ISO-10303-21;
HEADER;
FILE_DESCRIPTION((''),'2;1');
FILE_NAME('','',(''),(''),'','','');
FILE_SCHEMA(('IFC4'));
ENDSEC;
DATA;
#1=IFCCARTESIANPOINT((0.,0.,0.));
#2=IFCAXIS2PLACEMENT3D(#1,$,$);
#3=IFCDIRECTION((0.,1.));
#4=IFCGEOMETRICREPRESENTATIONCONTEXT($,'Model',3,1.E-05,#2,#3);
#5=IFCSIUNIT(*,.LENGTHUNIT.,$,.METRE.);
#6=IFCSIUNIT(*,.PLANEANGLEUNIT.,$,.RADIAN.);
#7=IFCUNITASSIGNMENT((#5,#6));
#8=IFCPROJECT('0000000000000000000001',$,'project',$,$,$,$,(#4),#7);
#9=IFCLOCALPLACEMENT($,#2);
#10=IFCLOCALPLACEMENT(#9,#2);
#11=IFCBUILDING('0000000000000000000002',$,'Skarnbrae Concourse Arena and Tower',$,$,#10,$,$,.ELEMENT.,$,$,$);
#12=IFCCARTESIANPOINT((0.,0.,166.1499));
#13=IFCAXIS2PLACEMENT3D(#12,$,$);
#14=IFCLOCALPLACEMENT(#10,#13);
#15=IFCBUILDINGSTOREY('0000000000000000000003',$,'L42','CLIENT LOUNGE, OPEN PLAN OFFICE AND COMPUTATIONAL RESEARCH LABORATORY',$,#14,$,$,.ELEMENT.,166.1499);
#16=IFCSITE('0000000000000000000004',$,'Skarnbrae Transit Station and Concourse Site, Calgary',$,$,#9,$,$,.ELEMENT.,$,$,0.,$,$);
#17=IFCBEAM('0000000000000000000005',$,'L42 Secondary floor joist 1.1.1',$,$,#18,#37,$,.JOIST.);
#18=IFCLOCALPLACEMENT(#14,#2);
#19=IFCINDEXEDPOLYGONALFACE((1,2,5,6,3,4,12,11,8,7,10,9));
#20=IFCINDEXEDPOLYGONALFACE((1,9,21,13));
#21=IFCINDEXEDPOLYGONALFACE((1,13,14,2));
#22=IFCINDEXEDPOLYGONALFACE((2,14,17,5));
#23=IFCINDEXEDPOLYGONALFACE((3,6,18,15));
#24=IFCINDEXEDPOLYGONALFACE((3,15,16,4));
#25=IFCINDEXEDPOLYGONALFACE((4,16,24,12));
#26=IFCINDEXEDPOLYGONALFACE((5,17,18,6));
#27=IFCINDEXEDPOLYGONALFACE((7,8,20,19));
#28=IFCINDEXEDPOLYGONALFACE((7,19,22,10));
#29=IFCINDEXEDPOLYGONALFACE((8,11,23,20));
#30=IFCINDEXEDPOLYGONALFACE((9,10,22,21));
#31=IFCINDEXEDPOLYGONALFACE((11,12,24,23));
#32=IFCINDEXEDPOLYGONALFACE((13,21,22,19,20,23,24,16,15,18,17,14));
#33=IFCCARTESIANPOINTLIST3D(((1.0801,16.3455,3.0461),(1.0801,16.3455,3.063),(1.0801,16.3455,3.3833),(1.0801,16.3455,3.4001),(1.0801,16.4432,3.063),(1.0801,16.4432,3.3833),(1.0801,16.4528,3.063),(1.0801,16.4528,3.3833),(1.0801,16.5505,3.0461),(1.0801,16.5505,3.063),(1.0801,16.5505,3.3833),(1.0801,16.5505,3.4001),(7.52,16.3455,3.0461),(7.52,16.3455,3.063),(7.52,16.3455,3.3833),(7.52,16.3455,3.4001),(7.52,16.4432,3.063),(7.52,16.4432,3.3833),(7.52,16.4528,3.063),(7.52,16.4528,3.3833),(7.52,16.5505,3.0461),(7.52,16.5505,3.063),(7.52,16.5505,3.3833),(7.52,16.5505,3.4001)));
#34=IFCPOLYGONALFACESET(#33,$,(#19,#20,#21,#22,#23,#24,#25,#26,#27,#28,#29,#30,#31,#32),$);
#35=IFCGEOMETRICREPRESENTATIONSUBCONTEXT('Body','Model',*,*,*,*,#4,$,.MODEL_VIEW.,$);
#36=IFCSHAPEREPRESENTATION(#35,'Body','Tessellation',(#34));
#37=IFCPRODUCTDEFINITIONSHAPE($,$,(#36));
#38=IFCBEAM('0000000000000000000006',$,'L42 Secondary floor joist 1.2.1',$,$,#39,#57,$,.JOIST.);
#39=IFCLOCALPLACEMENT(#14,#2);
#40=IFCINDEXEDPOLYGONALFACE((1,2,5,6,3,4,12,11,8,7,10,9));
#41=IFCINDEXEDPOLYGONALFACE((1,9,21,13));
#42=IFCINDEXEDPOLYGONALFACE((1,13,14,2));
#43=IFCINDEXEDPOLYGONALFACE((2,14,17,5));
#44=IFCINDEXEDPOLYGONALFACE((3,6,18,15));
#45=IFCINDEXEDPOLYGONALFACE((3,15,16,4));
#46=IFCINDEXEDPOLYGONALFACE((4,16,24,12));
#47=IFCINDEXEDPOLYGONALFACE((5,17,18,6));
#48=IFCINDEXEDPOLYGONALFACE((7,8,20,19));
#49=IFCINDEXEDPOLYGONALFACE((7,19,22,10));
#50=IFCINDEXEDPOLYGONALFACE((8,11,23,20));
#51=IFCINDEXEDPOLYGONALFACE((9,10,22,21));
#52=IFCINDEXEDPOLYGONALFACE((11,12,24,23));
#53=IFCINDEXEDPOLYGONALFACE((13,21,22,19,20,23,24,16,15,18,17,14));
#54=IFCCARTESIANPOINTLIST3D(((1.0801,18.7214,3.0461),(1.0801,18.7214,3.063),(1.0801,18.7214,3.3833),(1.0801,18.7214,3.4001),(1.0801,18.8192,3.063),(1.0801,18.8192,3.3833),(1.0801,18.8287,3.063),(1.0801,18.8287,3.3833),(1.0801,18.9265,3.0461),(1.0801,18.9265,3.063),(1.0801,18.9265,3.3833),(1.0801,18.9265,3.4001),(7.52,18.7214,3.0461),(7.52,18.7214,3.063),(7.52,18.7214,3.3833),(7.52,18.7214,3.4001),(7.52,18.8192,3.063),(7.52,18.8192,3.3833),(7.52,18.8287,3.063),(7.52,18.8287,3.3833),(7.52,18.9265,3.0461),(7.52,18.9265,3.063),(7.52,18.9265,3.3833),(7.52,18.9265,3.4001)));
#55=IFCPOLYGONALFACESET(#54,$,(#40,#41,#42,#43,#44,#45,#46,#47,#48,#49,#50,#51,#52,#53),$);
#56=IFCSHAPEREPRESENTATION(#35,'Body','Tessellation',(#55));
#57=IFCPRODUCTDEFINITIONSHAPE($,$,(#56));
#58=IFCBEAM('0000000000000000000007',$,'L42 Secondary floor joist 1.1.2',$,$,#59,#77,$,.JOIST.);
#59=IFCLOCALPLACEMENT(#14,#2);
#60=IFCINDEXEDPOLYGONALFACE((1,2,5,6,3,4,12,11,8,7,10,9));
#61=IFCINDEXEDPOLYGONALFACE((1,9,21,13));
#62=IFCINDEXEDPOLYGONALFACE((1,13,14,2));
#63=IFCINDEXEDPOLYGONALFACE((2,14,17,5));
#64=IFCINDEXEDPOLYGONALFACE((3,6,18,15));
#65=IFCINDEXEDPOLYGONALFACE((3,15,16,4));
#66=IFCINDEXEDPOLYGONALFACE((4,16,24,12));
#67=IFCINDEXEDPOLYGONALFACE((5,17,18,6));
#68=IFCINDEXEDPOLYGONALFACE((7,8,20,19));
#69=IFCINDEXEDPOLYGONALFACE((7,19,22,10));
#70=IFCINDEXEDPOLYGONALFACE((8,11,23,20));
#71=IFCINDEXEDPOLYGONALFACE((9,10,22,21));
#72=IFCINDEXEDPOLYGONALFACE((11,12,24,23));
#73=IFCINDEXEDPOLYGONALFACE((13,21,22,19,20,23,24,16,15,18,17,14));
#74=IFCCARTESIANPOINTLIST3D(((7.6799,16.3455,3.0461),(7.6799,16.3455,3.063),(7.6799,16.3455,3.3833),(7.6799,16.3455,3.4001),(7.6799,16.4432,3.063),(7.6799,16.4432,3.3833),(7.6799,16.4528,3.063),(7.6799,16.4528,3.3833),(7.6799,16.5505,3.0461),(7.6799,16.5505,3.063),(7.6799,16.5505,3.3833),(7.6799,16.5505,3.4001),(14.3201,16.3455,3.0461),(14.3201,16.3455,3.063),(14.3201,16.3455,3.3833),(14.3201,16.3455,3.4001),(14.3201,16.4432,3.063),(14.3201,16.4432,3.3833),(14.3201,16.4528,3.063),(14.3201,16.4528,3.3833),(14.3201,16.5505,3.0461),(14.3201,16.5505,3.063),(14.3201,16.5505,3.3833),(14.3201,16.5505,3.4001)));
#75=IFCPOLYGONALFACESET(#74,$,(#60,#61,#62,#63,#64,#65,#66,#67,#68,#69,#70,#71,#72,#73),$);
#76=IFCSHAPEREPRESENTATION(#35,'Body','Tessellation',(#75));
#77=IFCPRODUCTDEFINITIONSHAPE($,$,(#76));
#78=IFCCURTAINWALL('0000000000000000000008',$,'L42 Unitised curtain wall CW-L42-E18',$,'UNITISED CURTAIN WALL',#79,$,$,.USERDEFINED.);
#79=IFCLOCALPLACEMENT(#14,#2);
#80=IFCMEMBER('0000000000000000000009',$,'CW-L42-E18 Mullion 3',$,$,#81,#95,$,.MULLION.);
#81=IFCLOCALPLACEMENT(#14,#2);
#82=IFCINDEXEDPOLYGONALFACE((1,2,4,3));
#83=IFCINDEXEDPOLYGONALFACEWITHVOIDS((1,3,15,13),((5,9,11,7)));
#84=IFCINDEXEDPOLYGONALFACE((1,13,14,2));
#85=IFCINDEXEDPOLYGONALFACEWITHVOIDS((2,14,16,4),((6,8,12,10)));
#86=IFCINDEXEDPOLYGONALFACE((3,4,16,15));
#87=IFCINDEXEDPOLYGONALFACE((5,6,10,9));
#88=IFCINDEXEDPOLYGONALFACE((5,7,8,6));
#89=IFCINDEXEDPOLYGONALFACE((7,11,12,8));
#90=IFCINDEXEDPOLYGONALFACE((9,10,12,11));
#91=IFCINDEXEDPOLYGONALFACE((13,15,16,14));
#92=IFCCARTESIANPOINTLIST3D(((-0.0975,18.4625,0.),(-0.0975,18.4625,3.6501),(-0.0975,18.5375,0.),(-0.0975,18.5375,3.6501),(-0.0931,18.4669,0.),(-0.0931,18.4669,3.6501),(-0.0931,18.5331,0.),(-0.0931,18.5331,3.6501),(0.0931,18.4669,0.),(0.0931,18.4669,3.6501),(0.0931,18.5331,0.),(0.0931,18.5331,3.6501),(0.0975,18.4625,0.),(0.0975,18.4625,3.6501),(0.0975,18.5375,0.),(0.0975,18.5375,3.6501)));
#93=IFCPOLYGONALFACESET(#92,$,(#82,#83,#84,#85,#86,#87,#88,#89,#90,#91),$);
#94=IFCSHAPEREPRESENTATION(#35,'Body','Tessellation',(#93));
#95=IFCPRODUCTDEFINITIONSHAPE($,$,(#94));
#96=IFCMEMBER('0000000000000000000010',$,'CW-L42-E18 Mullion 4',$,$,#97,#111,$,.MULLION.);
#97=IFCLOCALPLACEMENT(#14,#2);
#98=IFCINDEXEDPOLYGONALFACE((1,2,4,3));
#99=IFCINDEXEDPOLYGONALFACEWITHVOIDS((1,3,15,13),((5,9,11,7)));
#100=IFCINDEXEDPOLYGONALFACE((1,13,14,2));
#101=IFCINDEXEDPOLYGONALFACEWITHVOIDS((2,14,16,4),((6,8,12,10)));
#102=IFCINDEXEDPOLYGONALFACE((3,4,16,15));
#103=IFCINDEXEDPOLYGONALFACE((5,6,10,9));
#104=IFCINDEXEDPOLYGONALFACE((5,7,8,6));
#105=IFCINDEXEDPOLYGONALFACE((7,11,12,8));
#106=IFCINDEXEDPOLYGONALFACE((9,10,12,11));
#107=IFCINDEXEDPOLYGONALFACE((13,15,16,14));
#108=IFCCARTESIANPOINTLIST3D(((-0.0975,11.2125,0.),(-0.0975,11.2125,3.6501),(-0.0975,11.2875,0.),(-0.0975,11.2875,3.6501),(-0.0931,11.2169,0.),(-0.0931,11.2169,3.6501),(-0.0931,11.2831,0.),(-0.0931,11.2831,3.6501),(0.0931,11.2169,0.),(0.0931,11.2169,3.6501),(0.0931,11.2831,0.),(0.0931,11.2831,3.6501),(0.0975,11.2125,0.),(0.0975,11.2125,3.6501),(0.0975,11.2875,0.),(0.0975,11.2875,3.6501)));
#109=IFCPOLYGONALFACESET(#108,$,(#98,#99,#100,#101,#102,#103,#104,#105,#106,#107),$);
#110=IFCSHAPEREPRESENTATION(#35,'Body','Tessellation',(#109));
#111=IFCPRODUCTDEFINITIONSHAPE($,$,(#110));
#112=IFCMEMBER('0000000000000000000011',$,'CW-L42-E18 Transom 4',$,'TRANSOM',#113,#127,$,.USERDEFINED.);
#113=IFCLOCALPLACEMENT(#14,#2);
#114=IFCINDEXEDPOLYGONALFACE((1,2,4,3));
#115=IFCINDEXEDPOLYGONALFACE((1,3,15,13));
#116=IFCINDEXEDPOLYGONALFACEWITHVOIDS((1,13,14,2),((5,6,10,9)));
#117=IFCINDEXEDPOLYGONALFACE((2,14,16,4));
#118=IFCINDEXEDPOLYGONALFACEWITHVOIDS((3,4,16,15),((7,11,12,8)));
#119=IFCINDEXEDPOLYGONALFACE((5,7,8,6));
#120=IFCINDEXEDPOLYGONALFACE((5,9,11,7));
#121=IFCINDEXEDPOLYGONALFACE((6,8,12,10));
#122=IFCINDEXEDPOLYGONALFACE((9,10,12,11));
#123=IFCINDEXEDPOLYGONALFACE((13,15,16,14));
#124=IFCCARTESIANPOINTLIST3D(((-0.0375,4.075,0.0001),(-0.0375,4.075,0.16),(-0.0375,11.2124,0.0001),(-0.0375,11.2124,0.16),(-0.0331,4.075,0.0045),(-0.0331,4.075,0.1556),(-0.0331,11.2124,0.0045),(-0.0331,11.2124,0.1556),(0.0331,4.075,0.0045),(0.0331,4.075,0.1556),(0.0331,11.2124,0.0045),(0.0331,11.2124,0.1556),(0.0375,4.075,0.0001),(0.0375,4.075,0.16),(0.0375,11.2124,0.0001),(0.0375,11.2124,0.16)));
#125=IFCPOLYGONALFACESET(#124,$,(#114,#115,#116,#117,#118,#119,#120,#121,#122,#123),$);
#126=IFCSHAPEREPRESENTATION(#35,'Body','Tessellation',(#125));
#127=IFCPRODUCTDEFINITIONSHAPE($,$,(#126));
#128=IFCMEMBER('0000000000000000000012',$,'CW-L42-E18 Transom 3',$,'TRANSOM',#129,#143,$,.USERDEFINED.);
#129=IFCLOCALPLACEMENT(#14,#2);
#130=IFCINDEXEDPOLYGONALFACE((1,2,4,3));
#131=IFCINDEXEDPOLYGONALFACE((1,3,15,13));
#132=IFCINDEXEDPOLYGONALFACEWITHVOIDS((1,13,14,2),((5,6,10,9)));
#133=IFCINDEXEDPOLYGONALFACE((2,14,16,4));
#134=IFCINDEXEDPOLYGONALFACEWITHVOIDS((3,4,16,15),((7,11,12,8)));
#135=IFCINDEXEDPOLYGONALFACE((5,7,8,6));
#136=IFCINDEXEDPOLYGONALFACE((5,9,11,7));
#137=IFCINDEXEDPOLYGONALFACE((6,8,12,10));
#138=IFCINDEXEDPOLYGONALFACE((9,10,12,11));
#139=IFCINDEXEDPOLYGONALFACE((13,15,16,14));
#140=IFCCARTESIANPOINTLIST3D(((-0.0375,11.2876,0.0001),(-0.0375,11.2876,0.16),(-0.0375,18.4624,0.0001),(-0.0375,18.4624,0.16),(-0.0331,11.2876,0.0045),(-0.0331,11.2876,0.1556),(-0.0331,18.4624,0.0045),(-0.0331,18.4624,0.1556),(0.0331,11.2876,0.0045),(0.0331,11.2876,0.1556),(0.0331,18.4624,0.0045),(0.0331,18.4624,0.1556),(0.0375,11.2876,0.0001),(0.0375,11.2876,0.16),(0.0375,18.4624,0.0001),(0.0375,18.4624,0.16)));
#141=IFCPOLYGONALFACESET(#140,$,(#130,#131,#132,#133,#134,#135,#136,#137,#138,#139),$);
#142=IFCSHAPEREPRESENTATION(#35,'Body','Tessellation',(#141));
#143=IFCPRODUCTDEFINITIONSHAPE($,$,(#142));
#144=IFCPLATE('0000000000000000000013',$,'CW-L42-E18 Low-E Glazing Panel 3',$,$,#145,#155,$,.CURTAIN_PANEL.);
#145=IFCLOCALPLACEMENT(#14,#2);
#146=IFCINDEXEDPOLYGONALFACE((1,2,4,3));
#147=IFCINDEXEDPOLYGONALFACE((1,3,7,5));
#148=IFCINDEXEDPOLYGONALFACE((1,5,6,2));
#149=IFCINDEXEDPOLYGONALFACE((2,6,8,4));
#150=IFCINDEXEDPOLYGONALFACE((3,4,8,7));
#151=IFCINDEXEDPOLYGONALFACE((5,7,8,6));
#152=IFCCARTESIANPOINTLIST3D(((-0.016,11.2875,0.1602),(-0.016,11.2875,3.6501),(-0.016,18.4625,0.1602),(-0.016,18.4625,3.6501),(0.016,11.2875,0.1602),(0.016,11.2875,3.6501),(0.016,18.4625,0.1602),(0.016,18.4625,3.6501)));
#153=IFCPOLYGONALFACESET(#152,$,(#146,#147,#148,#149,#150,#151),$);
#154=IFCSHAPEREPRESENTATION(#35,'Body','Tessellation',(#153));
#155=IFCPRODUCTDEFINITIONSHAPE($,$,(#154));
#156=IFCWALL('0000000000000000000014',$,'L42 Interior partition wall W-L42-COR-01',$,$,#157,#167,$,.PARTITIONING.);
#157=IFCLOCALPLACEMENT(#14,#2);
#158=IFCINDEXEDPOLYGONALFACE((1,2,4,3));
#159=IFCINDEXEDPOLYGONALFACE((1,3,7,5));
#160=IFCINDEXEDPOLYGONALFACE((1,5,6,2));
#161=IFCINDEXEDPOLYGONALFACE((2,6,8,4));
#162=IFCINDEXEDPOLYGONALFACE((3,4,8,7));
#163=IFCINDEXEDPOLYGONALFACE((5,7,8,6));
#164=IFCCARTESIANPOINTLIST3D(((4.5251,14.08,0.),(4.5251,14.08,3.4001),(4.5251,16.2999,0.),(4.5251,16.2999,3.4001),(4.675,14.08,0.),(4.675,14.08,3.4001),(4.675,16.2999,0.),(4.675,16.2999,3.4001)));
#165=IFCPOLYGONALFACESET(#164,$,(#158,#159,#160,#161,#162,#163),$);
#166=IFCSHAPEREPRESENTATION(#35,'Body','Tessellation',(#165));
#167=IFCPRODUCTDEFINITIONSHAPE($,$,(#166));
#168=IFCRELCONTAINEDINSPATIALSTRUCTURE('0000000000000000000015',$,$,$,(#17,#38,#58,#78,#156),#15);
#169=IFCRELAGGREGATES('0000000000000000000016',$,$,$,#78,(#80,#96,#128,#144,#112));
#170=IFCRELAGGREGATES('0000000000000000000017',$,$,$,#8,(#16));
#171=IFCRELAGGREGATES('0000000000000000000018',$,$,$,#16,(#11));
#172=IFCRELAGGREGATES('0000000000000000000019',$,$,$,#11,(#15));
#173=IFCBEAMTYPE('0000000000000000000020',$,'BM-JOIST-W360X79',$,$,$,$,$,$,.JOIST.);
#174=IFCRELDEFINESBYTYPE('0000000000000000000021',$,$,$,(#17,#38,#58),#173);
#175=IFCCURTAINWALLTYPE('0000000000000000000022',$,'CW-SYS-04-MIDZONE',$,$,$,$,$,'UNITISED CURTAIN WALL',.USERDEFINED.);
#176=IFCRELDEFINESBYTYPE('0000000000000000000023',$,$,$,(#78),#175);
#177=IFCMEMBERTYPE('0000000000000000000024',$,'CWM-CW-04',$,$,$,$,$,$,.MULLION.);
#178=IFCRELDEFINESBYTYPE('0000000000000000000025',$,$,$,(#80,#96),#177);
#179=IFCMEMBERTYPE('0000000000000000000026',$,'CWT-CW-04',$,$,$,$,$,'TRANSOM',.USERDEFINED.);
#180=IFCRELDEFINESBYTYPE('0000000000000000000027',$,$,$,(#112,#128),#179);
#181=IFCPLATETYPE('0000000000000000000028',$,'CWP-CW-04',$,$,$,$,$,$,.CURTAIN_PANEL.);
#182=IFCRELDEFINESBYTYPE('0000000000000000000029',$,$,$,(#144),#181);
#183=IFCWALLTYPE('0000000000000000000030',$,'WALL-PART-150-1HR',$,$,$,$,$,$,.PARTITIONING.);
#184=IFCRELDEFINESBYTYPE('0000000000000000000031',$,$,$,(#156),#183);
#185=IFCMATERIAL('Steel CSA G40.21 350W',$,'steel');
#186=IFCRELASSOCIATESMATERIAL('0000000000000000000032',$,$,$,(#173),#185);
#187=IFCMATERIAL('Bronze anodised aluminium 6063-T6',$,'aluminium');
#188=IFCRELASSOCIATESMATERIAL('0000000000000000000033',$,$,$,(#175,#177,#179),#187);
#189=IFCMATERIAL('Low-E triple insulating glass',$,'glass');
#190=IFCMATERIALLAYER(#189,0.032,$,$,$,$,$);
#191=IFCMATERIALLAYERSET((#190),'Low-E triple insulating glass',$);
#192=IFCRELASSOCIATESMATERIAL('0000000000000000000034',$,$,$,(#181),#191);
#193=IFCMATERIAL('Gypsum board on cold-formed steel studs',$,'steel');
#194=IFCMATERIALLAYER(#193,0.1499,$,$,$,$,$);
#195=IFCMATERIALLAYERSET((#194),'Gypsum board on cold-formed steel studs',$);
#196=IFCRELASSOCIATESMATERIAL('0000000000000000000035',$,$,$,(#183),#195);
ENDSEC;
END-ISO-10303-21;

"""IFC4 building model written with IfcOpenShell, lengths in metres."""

from ifc_helpers import new_model, si_unit, direction, frame, frame_2d, origin, origin_2d, place, context, subcontext, project, spatial, rectangle, hollow_rectangle, i_section, extrude, source, transform, mapped, material, layer, layer_set, material_profile, profile_set, type_object, element, aggregate, save


model = new_model("IFC4")

# Units and contexts
model_context = context("Model", 3, precision=1e-05, world=origin(), true_north=direction((0.0, 1.0)))
body_context = subcontext(model_context, "Body", "Model", "MODEL_VIEW")
ifc_project = project(units=[si_unit("LENGTHUNIT", "METRE"), si_unit("PLANEANGLEUNIT", "RADIAN")], contexts=[model_context])

# Site, building, storey
site_placement = place(None, origin())
site = spatial("IfcSite", under=ifc_project, at=site_placement, Name="Skarnbrae Transit Station and Concourse Site, Calgary", CompositionType="ELEMENT", RefElevation=0.0)
building_placement = place(site_placement, origin())
building = spatial("IfcBuilding", under=site, at=building_placement, Name="Skarnbrae Concourse Arena and Tower", CompositionType="ELEMENT")
storey_placement = place(building_placement, frame((0.0, 0.0, 166.1499)))
storey = spatial("IfcBuildingStorey", under=building, at=storey_placement, Name="L42", Description="CLIENT LOUNGE, OPEN PLAN OFFICE AND COMPUTATIONAL RESEARCH LABORATORY", CompositionType="ELEMENT", Elevation=166.1499)

# Shared definitions
ifc_material_1 = material(Name="Steel CSA G40.21 350W", Category="steel")

# Beams
ifc_material_profile_1 = material_profile(ifc_material_1, i_section(OverallWidth=0.2051, OverallDepth=0.354, WebThickness=0.0095, FlangeThickness=0.0168, at=origin_2d()), Name="W360X79")
ifc_profile_set_1 = profile_set([ifc_material_profile_1], Name="Steel CSA G40.21 350W")
beam_type_1 = type_object("IfcBeamType", Name="BM-JOIST-W360X79", PredefinedType="JOIST", material=ifc_profile_set_1)
shared_shape_1 = source(origin(), body_context, "Body", "SweptSolid", [
    extrude(i_section(OverallWidth=0.2051, OverallDepth=0.354, WebThickness=0.0095, FlangeThickness=0.0168, at=origin_2d()), origin(), (0.0, 0.0, 1.0), 6.4399),
])
for number, where, z_axis, x_axis, name in (
    (1, (1.0801, 16.448, 3.2231), (1.0, 0.0, 0.0), (0.0, 1.0, 0.0), "L42 Secondary floor joist 1.1.1"),
    (2, (1.0801, 18.824, 3.2231), (1.0, 0.0, 0.0), (0.0, 1.0, 0.0), "L42 Secondary floor joist 1.2.1"),
):
    element("IfcBeam", number, at=place(storey_placement, frame(where, z_axis=z_axis, x_axis=x_axis)), inside=storey, type_object=beam_type_1, Name=name, PredefinedType="JOIST", context=body_context, shape_type="MappedRepresentation", body=[
        mapped(shared_shape_1, transform((0.0, 0.0, 0.0))),
    ])
shared_shape_2 = source(origin(), body_context, "Body", "SweptSolid", [
    extrude(i_section(OverallWidth=0.2051, OverallDepth=0.354, WebThickness=0.0095, FlangeThickness=0.0168, at=origin_2d()), origin(), (0.0, 0.0, 1.0), 6.6401),
])
beam_1_placement = place(storey_placement, frame((7.6799, 16.448, 3.2231), z_axis=(1.0, 0.0, 0.0), x_axis=(0.0, 1.0, 0.0)))
element("IfcBeam", 3, at=beam_1_placement, inside=storey, type_object=beam_type_1, Name="L42 Secondary floor joist 1.1.2", PredefinedType="JOIST", context=body_context, shape_type="MappedRepresentation", body=[
    mapped(shared_shape_2, transform((0.0, 0.0, 0.0))),
])

# Curtain wall, members, plate
ifc_material_2 = material(Name="Bronze anodised aluminium 6063-T6", Category="aluminium")
curtain_wall_type = type_object("IfcCurtainWallType", Name="CW-SYS-04-MIDZONE", ElementType="UNITISED CURTAIN WALL", PredefinedType="USERDEFINED", material=ifc_material_2)
curtain_wall_placement = place(storey_placement, origin())
curtain_wall = element("IfcCurtainWall", 4, at=curtain_wall_placement, inside=storey, type_object=curtain_wall_type, Name="L42 Unitised curtain wall CW-L42-E18", ObjectType="UNITISED CURTAIN WALL", PredefinedType="USERDEFINED")
ifc_material_profile_2 = material_profile(ifc_material_2, hollow_rectangle(XDim=0.075, YDim=0.1951, WallThickness=0.0044, at=origin_2d()), Name="ALU-MULL-75X195")
ifc_profile_set_2 = profile_set([ifc_material_profile_2], Name="Bronze anodised aluminium 6063-T6")
member_type_1 = type_object("IfcMemberType", Name="CWM-CW-04", PredefinedType="MULLION", material=ifc_profile_set_2)
shared_shape_3 = source(origin(), body_context, "Body", "SweptSolid", [
    extrude(hollow_rectangle(XDim=0.075, YDim=0.1951, WallThickness=0.0044, at=origin_2d()), origin(), (0.0, 0.0, 1.0), 3.6501),
])
member_1_placement = place(storey_placement, frame((0.0, 18.5, 0.0), z_axis=(0.0, 0.0, 1.0), x_axis=(0.0, -1.0, 0.0)))
member_1 = element("IfcMember", 5, at=member_1_placement, type_object=member_type_1, Name="CW-L42-E18 Mullion 3", PredefinedType="MULLION", context=body_context, shape_type="MappedRepresentation", body=[
    mapped(shared_shape_3, transform((0.0, 0.0, 0.0))),
])
member_2_placement = place(storey_placement, frame((0.0, 11.25, 0.0), z_axis=(0.0, 0.0, 1.0), x_axis=(0.0, -1.0, 0.0)))
member_2 = element("IfcMember", 6, at=member_2_placement, type_object=member_type_1, Name="CW-L42-E18 Mullion 4", PredefinedType="MULLION", context=body_context, shape_type="MappedRepresentation", body=[
    mapped(shared_shape_3, transform((0.0, 0.0, 0.0))),
])
ifc_material_profile_3 = material_profile(ifc_material_2, hollow_rectangle(XDim=0.075, YDim=0.1599, WallThickness=0.0044, at=origin_2d()), Name="ALU-TRAN-75X160")
ifc_profile_set_3 = profile_set([ifc_material_profile_3], Name="Bronze anodised aluminium 6063-T6")
member_type_2 = type_object("IfcMemberType", Name="CWT-CW-04", ElementType="TRANSOM", PredefinedType="USERDEFINED", material=ifc_profile_set_3)
shared_shape_4 = source(origin(), body_context, "Body", "SweptSolid", [
    extrude(hollow_rectangle(XDim=0.075, YDim=0.1599, WallThickness=0.0044, at=origin_2d()), origin(), (0.0, 0.0, 1.0), 7.1375),
])
member_3_placement = place(storey_placement, frame((0.0, 11.2124, 0.0801), z_axis=(0.0, -1.0, 0.0), x_axis=(1.0, 0.0, 0.0)))
member_3 = element("IfcMember", 7, at=member_3_placement, type_object=member_type_2, Name="CW-L42-E18 Transom 4", ObjectType="TRANSOM", PredefinedType="USERDEFINED", context=body_context, shape_type="MappedRepresentation", body=[
    mapped(shared_shape_4, transform((0.0, 0.0, 0.0))),
])
shared_shape_5 = source(origin(), body_context, "Body", "SweptSolid", [
    extrude(hollow_rectangle(XDim=0.075, YDim=0.1599, WallThickness=0.0044, at=origin_2d()), origin(), (0.0, 0.0, 1.0), 7.1748),
])
member_4_placement = place(storey_placement, frame((0.0, 18.4624, 0.0801), z_axis=(0.0, -1.0, 0.0), x_axis=(1.0, 0.0, 0.0)))
member_4 = element("IfcMember", 8, at=member_4_placement, type_object=member_type_2, Name="CW-L42-E18 Transom 3", ObjectType="TRANSOM", PredefinedType="USERDEFINED", context=body_context, shape_type="MappedRepresentation", body=[
    mapped(shared_shape_5, transform((0.0, 0.0, 0.0))),
])
ifc_material_3 = material(Name="Low-E triple insulating glass", Category="glass")
ifc_layer_1 = layer(ifc_material_3, 0.032)
ifc_layer_set_1 = layer_set([ifc_layer_1], Name="Low-E triple insulating glass")
plate_type = type_object("IfcPlateType", Name="CWP-CW-04", PredefinedType="CURTAIN_PANEL", material=ifc_layer_set_1)
shared_shape_6 = source(origin(), body_context, "Body", "SweptSolid", [
    extrude(rectangle(XDim=7.175, YDim=0.032, at=origin_2d()), origin(), (0.0, 0.0, 1.0), 3.49),
])
plate_placement = place(storey_placement, frame((0.0, 14.875, 0.1602), z_axis=(0.0, 0.0, 1.0), x_axis=(0.0, -1.0, 0.0)))
plate = element("IfcPlate", 9, at=plate_placement, type_object=plate_type, Name="CW-L42-E18 Low-E Glazing Panel 3", PredefinedType="CURTAIN_PANEL", context=body_context, shape_type="MappedRepresentation", body=[
    mapped(shared_shape_6, transform((0.0, 0.0, 0.0))),
])
aggregate(curtain_wall, [member_1, member_2, member_4, plate, member_3])

# Wall
ifc_material_4 = material(Name="Gypsum board on cold-formed steel studs", Category="steel")
ifc_layer_2 = layer(ifc_material_4, 0.1499)
ifc_layer_set_2 = layer_set([ifc_layer_2], Name="Gypsum board on cold-formed steel studs")
wall_type_1 = type_object("IfcWallType", Name="WALL-PART-150-1HR", PredefinedType="PARTITIONING", material=ifc_layer_set_2)
shared_shape_7 = source(origin(), body_context, "Body", "SweptSolid", [
    extrude(rectangle(XDim=2.22, YDim=0.1499, at=frame_2d((1.1099, 0.0))), origin(), (0.0, 0.0, 1.0), 3.4001),
])
wall_1_placement = place(storey_placement, frame((4.6001, 14.0801, 0.0), z_axis=(0.0, 0.0, 1.0), x_axis=(0.0, 1.0, 0.0)))
element("IfcWall", 10, at=wall_1_placement, inside=storey, type_object=wall_type_1, Name="L42 Interior partition wall W-L42-COR-01", PredefinedType="PARTITIONING", context=body_context, shape_type="MappedRepresentation", body=[
    mapped(shared_shape_7, transform((0.0, 0.0, 0.0))),
])

save(model, "model.ifc")
